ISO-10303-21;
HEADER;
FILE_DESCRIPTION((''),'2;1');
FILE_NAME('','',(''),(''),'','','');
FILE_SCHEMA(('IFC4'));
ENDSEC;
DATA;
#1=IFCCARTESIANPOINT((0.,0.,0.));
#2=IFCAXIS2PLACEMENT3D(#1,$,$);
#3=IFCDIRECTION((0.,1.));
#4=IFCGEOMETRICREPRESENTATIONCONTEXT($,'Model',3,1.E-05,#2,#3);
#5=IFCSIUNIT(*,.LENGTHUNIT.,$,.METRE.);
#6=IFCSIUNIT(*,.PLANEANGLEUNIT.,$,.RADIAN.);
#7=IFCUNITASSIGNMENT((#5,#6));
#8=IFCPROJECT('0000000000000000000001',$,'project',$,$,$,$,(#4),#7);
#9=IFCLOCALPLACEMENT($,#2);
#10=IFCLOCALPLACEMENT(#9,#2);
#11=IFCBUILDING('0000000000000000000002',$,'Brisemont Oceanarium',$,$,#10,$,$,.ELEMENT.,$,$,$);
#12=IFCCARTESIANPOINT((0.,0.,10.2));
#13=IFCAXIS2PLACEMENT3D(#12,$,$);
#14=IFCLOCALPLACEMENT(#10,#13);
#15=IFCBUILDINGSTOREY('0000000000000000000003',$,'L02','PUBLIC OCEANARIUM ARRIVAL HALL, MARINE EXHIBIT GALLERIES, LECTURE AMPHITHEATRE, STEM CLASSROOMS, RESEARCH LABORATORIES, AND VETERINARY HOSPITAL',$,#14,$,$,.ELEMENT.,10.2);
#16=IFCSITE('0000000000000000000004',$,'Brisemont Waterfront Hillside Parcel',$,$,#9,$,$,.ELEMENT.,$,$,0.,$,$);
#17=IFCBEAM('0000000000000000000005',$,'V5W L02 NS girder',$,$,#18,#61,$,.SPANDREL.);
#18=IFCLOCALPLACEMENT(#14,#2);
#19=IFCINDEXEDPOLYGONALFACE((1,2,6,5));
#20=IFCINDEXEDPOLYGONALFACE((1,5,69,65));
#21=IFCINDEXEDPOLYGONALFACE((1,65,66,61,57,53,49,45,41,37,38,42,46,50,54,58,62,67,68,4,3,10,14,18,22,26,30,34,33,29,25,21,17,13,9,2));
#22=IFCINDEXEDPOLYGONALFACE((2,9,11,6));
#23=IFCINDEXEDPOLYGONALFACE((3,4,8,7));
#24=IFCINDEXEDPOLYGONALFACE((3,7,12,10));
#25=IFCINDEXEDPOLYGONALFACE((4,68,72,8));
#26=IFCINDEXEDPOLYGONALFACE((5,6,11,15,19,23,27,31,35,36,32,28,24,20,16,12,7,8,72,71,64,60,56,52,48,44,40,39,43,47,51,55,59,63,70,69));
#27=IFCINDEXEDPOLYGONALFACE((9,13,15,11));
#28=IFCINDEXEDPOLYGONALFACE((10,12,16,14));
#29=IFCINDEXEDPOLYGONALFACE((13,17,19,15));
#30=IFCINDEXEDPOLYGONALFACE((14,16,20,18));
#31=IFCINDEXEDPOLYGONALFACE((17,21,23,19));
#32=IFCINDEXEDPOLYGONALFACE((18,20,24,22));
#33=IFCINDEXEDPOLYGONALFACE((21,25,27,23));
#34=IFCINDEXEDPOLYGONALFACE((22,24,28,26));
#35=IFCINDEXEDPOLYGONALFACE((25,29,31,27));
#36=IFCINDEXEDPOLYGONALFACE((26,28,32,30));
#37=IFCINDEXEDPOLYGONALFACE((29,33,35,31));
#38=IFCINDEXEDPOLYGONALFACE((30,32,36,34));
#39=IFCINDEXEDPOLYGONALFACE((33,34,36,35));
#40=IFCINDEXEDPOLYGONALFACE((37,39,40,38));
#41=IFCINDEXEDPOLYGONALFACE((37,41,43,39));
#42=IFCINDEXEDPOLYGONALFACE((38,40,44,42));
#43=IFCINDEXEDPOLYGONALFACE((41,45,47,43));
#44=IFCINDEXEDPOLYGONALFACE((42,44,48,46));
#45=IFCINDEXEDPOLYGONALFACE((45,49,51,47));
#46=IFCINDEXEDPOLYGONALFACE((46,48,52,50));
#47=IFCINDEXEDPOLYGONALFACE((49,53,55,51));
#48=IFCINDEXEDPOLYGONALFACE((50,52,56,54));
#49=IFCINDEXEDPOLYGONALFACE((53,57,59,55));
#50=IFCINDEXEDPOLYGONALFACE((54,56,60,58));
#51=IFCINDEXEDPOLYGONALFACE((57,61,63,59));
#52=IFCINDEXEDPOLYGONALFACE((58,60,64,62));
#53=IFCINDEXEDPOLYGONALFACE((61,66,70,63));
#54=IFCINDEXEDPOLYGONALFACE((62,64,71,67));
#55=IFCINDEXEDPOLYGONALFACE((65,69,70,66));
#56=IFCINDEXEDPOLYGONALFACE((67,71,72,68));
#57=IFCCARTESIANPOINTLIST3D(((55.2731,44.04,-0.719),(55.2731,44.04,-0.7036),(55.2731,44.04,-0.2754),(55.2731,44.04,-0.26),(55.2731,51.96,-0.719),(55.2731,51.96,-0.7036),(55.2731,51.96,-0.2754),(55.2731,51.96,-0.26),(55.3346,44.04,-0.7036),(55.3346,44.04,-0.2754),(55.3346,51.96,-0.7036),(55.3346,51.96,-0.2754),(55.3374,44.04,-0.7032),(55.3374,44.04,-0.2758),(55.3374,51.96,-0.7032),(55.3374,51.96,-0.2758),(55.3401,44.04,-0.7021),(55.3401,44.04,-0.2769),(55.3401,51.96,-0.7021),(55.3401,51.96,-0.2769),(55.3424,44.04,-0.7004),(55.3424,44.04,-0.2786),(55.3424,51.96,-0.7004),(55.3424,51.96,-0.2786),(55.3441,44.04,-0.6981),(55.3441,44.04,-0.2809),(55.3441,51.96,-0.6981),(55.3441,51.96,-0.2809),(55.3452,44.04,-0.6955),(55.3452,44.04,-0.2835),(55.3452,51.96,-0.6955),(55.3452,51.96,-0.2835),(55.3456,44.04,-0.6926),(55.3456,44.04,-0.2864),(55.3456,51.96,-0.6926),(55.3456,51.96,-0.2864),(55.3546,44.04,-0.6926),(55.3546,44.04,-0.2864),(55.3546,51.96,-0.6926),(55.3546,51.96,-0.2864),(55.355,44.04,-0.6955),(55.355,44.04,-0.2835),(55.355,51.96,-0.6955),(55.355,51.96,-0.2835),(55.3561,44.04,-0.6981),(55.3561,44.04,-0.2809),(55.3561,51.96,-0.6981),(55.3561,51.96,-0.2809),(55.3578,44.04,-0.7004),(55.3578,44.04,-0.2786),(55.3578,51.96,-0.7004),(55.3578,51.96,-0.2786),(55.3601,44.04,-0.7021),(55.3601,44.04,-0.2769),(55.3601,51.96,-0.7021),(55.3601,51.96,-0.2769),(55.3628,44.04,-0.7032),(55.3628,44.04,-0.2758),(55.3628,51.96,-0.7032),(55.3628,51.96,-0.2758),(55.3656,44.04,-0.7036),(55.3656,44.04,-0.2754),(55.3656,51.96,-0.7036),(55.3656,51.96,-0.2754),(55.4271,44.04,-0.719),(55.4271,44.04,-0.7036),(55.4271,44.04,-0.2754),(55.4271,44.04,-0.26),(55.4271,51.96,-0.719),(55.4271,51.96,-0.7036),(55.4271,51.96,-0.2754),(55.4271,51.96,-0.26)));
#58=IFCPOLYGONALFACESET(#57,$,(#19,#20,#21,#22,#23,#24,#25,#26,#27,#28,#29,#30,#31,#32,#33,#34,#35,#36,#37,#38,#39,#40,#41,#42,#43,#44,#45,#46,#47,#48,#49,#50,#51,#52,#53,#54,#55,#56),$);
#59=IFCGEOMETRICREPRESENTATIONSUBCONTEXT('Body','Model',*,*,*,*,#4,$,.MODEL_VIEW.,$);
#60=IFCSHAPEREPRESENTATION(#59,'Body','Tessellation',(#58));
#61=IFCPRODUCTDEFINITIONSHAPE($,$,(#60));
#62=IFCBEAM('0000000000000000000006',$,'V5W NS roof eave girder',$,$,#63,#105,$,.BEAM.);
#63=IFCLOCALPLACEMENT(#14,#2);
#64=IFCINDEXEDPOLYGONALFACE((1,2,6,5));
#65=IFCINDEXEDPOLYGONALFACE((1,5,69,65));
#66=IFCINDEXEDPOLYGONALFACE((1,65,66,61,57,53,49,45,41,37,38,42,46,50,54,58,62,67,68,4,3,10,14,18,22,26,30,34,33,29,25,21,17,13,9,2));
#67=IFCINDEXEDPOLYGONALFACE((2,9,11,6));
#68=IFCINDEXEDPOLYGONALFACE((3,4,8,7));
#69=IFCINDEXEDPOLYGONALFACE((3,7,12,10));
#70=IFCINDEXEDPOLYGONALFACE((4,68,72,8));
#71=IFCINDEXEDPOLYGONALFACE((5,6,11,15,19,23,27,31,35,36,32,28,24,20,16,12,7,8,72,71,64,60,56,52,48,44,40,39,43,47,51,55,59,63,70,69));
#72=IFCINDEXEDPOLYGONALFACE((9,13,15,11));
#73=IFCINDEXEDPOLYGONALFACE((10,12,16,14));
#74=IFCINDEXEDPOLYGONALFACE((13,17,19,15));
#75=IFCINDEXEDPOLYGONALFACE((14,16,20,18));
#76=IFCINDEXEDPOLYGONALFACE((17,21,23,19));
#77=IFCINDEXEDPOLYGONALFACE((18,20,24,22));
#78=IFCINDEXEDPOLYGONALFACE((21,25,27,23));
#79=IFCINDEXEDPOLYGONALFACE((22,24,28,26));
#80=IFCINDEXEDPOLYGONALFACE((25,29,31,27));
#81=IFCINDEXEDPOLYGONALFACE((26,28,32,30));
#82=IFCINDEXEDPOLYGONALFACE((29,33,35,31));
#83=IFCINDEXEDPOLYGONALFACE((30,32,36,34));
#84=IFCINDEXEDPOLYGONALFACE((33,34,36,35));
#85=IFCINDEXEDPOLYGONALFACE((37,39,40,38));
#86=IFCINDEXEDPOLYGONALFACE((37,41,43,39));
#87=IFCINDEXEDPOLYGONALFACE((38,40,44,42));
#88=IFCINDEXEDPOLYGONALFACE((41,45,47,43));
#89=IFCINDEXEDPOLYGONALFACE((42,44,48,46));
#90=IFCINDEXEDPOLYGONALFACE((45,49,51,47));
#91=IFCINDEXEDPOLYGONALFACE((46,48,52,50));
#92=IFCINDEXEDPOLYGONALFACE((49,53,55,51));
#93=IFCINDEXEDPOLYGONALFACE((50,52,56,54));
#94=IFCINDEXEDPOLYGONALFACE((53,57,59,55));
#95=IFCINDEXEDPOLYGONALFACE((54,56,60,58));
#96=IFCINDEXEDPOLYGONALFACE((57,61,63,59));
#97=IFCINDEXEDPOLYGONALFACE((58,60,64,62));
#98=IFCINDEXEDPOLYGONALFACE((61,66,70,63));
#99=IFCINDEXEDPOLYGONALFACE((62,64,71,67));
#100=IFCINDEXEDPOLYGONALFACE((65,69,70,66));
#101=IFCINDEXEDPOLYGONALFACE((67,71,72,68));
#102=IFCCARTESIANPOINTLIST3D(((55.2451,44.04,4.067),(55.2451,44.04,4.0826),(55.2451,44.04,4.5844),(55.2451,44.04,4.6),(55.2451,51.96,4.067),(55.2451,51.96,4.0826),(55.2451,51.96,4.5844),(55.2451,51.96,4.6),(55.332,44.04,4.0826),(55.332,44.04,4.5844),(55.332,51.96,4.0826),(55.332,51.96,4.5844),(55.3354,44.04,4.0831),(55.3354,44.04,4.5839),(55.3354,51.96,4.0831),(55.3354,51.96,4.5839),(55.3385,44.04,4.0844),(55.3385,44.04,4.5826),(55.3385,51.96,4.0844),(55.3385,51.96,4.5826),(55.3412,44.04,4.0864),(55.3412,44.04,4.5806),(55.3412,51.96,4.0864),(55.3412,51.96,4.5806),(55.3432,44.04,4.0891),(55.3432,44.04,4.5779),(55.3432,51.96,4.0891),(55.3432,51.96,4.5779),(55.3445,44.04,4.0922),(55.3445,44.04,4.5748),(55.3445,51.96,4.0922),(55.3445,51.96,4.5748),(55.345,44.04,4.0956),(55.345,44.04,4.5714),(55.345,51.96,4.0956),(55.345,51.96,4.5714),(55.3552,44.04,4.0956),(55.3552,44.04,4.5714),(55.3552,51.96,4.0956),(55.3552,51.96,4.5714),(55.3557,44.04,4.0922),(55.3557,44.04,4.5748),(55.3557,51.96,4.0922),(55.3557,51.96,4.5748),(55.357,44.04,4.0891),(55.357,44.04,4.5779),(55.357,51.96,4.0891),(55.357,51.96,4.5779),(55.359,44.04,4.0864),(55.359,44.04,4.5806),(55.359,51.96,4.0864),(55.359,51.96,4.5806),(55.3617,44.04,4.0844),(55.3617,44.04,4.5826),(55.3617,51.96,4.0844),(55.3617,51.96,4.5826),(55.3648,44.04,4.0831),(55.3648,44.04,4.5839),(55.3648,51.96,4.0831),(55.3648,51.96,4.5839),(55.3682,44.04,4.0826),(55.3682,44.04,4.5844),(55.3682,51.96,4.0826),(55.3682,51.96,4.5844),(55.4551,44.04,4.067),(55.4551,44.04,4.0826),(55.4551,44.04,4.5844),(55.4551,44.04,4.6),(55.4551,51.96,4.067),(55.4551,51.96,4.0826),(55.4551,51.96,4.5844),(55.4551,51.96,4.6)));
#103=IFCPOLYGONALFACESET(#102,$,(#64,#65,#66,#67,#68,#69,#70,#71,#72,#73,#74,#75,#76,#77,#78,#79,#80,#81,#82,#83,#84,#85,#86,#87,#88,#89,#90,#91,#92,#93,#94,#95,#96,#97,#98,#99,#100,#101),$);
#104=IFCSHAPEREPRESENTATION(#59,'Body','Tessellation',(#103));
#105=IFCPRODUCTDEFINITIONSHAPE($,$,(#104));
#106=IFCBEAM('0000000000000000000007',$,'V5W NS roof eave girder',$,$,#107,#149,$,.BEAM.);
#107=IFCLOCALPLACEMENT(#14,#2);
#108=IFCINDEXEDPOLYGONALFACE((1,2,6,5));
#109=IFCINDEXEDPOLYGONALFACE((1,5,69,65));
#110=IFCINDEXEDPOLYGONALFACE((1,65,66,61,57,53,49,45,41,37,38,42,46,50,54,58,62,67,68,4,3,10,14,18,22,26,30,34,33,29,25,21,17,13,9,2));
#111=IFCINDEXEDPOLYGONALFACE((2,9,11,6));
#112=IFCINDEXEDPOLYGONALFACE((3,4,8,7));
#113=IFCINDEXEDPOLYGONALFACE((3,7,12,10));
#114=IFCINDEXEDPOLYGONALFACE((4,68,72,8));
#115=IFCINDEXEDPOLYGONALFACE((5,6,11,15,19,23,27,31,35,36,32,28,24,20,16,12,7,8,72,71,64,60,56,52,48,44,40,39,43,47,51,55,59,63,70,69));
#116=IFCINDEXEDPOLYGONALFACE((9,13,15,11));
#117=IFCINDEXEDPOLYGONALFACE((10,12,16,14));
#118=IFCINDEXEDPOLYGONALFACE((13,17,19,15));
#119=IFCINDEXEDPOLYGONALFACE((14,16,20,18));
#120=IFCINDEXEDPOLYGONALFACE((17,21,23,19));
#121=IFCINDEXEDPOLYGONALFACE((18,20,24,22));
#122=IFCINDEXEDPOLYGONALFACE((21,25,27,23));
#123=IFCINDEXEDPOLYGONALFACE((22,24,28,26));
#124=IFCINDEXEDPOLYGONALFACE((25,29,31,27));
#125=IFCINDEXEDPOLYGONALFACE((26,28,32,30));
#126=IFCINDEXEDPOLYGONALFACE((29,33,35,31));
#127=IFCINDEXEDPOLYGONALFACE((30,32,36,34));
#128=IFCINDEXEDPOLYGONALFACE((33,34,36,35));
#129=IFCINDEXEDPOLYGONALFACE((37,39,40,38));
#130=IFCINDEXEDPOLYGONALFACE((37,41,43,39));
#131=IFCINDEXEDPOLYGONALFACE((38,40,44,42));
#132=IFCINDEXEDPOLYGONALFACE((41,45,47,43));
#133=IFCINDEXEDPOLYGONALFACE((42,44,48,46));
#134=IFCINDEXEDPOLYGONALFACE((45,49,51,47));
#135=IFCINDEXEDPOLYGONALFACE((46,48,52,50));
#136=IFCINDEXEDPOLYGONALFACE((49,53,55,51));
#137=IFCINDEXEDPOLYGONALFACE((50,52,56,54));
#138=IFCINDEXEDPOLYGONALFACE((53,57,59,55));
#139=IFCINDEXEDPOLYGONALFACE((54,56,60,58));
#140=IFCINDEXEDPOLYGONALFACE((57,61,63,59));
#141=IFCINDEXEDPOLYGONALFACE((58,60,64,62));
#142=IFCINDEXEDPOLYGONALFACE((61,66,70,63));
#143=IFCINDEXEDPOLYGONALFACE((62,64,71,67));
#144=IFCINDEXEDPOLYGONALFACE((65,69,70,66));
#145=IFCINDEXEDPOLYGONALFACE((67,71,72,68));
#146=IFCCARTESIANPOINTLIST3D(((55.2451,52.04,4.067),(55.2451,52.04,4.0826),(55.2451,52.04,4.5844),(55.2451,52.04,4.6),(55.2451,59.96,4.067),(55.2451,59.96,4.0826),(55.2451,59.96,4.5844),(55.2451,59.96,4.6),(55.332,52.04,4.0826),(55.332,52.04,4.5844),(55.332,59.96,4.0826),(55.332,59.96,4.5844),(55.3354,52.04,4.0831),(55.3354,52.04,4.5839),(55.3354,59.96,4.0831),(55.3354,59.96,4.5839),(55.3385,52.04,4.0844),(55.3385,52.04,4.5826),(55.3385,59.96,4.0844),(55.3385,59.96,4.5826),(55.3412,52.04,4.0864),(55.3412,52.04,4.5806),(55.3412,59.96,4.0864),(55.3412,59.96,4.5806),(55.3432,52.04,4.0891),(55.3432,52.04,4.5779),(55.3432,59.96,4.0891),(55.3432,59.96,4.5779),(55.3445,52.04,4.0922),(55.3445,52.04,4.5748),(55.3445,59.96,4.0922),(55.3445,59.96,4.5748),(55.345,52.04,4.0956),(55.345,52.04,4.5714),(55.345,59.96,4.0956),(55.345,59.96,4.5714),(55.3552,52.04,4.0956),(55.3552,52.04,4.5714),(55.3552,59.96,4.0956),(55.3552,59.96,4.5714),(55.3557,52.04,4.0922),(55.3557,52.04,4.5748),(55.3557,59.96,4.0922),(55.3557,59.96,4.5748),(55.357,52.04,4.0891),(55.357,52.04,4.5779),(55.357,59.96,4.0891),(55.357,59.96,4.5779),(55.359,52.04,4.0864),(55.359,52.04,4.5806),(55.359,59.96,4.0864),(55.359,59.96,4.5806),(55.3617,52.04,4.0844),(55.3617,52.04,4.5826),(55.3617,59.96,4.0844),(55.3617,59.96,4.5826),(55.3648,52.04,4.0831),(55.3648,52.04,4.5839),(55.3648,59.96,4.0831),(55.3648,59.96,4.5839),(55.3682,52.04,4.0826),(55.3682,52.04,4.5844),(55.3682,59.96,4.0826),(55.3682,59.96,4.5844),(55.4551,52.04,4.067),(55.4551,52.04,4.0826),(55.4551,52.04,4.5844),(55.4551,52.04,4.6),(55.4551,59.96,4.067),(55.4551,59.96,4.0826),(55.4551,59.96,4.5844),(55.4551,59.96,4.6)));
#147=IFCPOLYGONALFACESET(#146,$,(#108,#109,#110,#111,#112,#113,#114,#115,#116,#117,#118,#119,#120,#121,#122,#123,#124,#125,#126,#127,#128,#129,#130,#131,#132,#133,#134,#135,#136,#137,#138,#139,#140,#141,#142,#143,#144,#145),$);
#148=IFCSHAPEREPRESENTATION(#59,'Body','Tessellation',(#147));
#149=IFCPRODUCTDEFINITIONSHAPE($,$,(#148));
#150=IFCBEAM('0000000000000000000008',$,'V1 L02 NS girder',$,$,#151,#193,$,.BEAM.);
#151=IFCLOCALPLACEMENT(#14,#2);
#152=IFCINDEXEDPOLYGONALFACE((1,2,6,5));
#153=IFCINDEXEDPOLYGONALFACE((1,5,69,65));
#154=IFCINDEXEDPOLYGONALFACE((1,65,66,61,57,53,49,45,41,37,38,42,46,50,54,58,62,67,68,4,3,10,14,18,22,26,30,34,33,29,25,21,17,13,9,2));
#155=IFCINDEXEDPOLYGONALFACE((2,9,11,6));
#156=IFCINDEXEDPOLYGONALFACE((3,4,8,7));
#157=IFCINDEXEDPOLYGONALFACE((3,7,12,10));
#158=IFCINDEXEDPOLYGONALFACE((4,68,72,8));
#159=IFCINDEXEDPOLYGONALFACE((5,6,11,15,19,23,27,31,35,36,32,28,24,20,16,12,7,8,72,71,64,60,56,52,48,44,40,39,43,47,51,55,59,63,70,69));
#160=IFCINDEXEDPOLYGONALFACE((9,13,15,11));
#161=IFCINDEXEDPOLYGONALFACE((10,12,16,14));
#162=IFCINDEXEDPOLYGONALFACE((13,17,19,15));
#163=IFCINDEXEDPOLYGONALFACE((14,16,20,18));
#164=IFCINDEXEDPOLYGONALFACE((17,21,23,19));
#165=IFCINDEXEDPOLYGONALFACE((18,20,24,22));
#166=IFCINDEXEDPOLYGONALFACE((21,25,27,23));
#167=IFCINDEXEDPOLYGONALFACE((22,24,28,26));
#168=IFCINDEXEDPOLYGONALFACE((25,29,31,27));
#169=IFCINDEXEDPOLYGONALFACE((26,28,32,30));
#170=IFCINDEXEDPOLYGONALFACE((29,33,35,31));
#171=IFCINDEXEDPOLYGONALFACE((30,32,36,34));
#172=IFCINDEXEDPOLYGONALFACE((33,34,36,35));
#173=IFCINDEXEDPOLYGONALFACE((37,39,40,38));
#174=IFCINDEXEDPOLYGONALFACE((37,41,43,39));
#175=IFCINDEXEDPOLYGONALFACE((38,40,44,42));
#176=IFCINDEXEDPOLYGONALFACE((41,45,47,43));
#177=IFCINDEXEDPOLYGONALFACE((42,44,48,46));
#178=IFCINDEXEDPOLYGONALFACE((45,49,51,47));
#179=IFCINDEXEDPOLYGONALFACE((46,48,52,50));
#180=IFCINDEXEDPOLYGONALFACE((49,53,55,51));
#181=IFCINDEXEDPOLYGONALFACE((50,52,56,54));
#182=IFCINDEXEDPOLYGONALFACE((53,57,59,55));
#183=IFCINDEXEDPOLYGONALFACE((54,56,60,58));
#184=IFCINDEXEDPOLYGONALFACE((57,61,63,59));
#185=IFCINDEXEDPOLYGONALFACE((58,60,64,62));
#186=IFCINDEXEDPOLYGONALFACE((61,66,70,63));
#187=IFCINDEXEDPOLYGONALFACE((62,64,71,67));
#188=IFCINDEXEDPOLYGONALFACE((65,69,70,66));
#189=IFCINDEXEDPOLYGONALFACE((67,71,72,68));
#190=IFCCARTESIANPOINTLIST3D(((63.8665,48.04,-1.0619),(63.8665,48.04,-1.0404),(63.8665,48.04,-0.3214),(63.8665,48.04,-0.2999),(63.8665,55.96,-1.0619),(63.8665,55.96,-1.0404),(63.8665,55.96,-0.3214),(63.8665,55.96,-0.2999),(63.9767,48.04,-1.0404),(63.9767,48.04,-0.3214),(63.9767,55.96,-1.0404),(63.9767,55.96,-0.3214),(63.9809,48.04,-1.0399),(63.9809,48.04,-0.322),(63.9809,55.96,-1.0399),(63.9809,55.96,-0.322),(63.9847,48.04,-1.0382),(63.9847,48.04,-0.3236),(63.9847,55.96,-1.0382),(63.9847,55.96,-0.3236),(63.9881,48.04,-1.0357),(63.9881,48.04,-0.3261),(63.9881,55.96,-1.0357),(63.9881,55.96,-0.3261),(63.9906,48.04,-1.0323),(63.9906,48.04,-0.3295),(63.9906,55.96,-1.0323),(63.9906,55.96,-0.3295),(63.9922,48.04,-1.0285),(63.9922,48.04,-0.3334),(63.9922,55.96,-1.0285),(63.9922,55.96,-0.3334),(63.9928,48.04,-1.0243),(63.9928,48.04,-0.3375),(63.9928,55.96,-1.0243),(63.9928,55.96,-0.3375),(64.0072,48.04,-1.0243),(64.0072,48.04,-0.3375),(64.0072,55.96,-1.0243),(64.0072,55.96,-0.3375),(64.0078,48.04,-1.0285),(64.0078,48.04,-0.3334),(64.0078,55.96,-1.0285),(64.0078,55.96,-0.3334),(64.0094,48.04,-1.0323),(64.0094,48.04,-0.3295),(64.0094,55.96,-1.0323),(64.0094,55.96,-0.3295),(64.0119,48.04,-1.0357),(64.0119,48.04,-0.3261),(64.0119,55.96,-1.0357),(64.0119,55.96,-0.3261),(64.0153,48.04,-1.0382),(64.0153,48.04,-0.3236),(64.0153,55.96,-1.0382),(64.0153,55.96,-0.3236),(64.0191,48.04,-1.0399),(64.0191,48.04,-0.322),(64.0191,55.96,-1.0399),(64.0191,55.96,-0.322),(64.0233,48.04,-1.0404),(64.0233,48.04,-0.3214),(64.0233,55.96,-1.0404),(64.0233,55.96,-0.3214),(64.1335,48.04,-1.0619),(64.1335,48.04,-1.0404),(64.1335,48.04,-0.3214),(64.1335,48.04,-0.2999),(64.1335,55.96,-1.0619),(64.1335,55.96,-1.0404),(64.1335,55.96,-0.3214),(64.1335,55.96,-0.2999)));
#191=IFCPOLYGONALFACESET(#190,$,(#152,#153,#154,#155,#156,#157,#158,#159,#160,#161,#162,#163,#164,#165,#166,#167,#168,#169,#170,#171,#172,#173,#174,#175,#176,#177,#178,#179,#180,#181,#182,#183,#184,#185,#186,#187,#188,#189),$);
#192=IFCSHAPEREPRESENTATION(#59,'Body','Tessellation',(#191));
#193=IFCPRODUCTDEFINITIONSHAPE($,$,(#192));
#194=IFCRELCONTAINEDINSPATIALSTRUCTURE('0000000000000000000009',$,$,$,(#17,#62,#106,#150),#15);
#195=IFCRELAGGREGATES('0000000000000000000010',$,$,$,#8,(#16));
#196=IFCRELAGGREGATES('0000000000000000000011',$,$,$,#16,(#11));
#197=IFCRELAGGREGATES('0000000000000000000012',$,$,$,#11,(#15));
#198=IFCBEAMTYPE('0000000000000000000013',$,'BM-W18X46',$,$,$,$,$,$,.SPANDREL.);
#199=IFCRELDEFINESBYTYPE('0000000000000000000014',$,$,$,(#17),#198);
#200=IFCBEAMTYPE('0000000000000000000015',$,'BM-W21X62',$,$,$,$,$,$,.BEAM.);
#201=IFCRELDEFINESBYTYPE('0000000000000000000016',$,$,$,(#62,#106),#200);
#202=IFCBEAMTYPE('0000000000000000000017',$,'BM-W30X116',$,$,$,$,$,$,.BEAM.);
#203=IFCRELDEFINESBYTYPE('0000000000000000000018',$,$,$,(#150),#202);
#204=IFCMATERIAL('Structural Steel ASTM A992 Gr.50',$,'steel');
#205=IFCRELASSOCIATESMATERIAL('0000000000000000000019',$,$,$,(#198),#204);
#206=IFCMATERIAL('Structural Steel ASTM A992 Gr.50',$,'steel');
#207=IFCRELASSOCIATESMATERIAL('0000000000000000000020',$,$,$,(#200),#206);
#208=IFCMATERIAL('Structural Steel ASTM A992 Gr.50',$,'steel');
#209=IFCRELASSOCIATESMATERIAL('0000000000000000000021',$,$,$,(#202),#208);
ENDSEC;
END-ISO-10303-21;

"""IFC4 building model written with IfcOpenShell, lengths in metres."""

from ifc_helpers import new_model, si_unit, direction, frame, origin, origin_2d, place, context, subcontext, project, spatial, i_section, extrude, material, material_profile, profile_set, type_object, element, save


model = new_model("IFC4")

# Units and contexts
model_context = context("Model", 3, precision=1e-05, world=origin(), true_north=direction((0.0, 1.0)))
body_context = subcontext(model_context, "Body", "Model", "MODEL_VIEW")
ifc_project = project(units=[si_unit("LENGTHUNIT", "METRE"), si_unit("PLANEANGLEUNIT", "RADIAN")], contexts=[model_context])

# Site, building, storey
site_placement = place(None, origin())
site = spatial("IfcSite", under=ifc_project, at=site_placement, Name="Brisemont Waterfront Hillside Parcel", CompositionType="ELEMENT", RefElevation=0.0)
building_placement = place(site_placement, origin())
building = spatial("IfcBuilding", under=site, at=building_placement, Name="Brisemont Oceanarium", CompositionType="ELEMENT")
storey_placement = place(building_placement, frame((0.0, 0.0, 10.2)))
storey = spatial("IfcBuildingStorey", under=building, at=storey_placement, Name="L02", Description="PUBLIC OCEANARIUM ARRIVAL HALL, MARINE EXHIBIT GALLERIES, LECTURE AMPHITHEATRE, STEM CLASSROOMS, RESEARCH LABORATORIES, AND VETERINARY HOSPITAL", CompositionType="ELEMENT", Elevation=10.2)

# Beams
ifc_material_1 = material(Name="Structural Steel ASTM A992 Gr.50", Category="steel")
ifc_material_profile_1 = material_profile(ifc_material_1, i_section(OverallWidth=0.1541, OverallDepth=0.459, WebThickness=0.009, FlangeThickness=0.0154, FilletRadius=0.011, at=origin_2d()), Name="W18X46")
ifc_profile_set_1 = profile_set([ifc_material_profile_1], Name="Structural Steel ASTM A992 Gr.50")
beam_type_1 = type_object("IfcBeamType", Name="BM-W18X46", PredefinedType="SPANDREL", material=ifc_profile_set_1)
beam_1_placement = place(storey_placement, frame((55.3501, 44.04, -0.4895), z_axis=(0.0, 1.0, 0.0), x_axis=(-1.0, 0.0, 0.0)))
element("IfcBeam", 1, at=beam_1_placement, inside=storey, type_object=beam_type_1, Name="V5W L02 NS girder", PredefinedType="SPANDREL", context=body_context, shape_type="SweptSolid", body=[
    extrude(i_section(OverallWidth=0.1541, OverallDepth=0.459, WebThickness=0.009, FlangeThickness=0.0154, FilletRadius=0.011, at=origin_2d()), origin(), (0.0, 0.0, 1.0), 7.9199),
])
ifc_material_2 = material(Name="Structural Steel ASTM A992 Gr.50", Category="steel")
ifc_material_profile_2 = material_profile(ifc_material_2, i_section(OverallWidth=0.21, OverallDepth=0.533, WebThickness=0.0103, FlangeThickness=0.0156, FilletRadius=0.0129, at=origin_2d()), Name="W21X62")
ifc_profile_set_2 = profile_set([ifc_material_profile_2], Name="Structural Steel ASTM A992 Gr.50")
beam_type_2 = type_object("IfcBeamType", Name="BM-W21X62", PredefinedType="BEAM", material=ifc_profile_set_2)
for number, where, z_axis, x_axis, name in (
    (2, (55.3501, 44.04, 4.3335), (0.0, 1.0, 0.0), (-1.0, 0.0, 0.0), "V5W NS roof eave girder"),
    (3, (55.3501, 52.04, 4.3335), (0.0, 1.0, 0.0), (-1.0, 0.0, 0.0), "V5W NS roof eave girder"),
):
    element("IfcBeam", number, at=place(storey_placement, frame(where, z_axis=z_axis, x_axis=x_axis)), inside=storey, type_object=beam_type_2, Name=name, PredefinedType="BEAM", context=body_context, shape_type="SweptSolid", body=[
        extrude(i_section(OverallWidth=0.21, OverallDepth=0.533, WebThickness=0.0103, FlangeThickness=0.0156, FilletRadius=0.0129, at=origin_2d()), origin(), (0.0, 0.0, 1.0), 7.9199),
    ])
ifc_material_3 = material(Name="Structural Steel ASTM A992 Gr.50", Category="steel")
ifc_material_profile_3 = material_profile(ifc_material_3, i_section(OverallWidth=0.2671, OverallDepth=0.762, WebThickness=0.0144, FlangeThickness=0.0215, FilletRadius=0.0161, at=origin_2d()), Name="W30X116")
ifc_profile_set_3 = profile_set([ifc_material_profile_3], Name="Structural Steel ASTM A992 Gr.50")
beam_type_3 = type_object("IfcBeamType", Name="BM-W30X116", PredefinedType="BEAM", material=ifc_profile_set_3)
beam_2_placement = place(storey_placement, frame((64.0, 48.04, -0.6809), z_axis=(0.0, 1.0, 0.0), x_axis=(-1.0, 0.0, 0.0)))
element("IfcBeam", 4, at=beam_2_placement, inside=storey, type_object=beam_type_3, Name="V1 L02 NS girder", PredefinedType="BEAM", context=body_context, shape_type="SweptSolid", body=[
    extrude(i_section(OverallWidth=0.2671, OverallDepth=0.762, WebThickness=0.0144, FlangeThickness=0.0215, FilletRadius=0.0161, at=origin_2d()), origin(), (0.0, 0.0, 1.0), 7.9199),
])

save(model, "model.ifc")
